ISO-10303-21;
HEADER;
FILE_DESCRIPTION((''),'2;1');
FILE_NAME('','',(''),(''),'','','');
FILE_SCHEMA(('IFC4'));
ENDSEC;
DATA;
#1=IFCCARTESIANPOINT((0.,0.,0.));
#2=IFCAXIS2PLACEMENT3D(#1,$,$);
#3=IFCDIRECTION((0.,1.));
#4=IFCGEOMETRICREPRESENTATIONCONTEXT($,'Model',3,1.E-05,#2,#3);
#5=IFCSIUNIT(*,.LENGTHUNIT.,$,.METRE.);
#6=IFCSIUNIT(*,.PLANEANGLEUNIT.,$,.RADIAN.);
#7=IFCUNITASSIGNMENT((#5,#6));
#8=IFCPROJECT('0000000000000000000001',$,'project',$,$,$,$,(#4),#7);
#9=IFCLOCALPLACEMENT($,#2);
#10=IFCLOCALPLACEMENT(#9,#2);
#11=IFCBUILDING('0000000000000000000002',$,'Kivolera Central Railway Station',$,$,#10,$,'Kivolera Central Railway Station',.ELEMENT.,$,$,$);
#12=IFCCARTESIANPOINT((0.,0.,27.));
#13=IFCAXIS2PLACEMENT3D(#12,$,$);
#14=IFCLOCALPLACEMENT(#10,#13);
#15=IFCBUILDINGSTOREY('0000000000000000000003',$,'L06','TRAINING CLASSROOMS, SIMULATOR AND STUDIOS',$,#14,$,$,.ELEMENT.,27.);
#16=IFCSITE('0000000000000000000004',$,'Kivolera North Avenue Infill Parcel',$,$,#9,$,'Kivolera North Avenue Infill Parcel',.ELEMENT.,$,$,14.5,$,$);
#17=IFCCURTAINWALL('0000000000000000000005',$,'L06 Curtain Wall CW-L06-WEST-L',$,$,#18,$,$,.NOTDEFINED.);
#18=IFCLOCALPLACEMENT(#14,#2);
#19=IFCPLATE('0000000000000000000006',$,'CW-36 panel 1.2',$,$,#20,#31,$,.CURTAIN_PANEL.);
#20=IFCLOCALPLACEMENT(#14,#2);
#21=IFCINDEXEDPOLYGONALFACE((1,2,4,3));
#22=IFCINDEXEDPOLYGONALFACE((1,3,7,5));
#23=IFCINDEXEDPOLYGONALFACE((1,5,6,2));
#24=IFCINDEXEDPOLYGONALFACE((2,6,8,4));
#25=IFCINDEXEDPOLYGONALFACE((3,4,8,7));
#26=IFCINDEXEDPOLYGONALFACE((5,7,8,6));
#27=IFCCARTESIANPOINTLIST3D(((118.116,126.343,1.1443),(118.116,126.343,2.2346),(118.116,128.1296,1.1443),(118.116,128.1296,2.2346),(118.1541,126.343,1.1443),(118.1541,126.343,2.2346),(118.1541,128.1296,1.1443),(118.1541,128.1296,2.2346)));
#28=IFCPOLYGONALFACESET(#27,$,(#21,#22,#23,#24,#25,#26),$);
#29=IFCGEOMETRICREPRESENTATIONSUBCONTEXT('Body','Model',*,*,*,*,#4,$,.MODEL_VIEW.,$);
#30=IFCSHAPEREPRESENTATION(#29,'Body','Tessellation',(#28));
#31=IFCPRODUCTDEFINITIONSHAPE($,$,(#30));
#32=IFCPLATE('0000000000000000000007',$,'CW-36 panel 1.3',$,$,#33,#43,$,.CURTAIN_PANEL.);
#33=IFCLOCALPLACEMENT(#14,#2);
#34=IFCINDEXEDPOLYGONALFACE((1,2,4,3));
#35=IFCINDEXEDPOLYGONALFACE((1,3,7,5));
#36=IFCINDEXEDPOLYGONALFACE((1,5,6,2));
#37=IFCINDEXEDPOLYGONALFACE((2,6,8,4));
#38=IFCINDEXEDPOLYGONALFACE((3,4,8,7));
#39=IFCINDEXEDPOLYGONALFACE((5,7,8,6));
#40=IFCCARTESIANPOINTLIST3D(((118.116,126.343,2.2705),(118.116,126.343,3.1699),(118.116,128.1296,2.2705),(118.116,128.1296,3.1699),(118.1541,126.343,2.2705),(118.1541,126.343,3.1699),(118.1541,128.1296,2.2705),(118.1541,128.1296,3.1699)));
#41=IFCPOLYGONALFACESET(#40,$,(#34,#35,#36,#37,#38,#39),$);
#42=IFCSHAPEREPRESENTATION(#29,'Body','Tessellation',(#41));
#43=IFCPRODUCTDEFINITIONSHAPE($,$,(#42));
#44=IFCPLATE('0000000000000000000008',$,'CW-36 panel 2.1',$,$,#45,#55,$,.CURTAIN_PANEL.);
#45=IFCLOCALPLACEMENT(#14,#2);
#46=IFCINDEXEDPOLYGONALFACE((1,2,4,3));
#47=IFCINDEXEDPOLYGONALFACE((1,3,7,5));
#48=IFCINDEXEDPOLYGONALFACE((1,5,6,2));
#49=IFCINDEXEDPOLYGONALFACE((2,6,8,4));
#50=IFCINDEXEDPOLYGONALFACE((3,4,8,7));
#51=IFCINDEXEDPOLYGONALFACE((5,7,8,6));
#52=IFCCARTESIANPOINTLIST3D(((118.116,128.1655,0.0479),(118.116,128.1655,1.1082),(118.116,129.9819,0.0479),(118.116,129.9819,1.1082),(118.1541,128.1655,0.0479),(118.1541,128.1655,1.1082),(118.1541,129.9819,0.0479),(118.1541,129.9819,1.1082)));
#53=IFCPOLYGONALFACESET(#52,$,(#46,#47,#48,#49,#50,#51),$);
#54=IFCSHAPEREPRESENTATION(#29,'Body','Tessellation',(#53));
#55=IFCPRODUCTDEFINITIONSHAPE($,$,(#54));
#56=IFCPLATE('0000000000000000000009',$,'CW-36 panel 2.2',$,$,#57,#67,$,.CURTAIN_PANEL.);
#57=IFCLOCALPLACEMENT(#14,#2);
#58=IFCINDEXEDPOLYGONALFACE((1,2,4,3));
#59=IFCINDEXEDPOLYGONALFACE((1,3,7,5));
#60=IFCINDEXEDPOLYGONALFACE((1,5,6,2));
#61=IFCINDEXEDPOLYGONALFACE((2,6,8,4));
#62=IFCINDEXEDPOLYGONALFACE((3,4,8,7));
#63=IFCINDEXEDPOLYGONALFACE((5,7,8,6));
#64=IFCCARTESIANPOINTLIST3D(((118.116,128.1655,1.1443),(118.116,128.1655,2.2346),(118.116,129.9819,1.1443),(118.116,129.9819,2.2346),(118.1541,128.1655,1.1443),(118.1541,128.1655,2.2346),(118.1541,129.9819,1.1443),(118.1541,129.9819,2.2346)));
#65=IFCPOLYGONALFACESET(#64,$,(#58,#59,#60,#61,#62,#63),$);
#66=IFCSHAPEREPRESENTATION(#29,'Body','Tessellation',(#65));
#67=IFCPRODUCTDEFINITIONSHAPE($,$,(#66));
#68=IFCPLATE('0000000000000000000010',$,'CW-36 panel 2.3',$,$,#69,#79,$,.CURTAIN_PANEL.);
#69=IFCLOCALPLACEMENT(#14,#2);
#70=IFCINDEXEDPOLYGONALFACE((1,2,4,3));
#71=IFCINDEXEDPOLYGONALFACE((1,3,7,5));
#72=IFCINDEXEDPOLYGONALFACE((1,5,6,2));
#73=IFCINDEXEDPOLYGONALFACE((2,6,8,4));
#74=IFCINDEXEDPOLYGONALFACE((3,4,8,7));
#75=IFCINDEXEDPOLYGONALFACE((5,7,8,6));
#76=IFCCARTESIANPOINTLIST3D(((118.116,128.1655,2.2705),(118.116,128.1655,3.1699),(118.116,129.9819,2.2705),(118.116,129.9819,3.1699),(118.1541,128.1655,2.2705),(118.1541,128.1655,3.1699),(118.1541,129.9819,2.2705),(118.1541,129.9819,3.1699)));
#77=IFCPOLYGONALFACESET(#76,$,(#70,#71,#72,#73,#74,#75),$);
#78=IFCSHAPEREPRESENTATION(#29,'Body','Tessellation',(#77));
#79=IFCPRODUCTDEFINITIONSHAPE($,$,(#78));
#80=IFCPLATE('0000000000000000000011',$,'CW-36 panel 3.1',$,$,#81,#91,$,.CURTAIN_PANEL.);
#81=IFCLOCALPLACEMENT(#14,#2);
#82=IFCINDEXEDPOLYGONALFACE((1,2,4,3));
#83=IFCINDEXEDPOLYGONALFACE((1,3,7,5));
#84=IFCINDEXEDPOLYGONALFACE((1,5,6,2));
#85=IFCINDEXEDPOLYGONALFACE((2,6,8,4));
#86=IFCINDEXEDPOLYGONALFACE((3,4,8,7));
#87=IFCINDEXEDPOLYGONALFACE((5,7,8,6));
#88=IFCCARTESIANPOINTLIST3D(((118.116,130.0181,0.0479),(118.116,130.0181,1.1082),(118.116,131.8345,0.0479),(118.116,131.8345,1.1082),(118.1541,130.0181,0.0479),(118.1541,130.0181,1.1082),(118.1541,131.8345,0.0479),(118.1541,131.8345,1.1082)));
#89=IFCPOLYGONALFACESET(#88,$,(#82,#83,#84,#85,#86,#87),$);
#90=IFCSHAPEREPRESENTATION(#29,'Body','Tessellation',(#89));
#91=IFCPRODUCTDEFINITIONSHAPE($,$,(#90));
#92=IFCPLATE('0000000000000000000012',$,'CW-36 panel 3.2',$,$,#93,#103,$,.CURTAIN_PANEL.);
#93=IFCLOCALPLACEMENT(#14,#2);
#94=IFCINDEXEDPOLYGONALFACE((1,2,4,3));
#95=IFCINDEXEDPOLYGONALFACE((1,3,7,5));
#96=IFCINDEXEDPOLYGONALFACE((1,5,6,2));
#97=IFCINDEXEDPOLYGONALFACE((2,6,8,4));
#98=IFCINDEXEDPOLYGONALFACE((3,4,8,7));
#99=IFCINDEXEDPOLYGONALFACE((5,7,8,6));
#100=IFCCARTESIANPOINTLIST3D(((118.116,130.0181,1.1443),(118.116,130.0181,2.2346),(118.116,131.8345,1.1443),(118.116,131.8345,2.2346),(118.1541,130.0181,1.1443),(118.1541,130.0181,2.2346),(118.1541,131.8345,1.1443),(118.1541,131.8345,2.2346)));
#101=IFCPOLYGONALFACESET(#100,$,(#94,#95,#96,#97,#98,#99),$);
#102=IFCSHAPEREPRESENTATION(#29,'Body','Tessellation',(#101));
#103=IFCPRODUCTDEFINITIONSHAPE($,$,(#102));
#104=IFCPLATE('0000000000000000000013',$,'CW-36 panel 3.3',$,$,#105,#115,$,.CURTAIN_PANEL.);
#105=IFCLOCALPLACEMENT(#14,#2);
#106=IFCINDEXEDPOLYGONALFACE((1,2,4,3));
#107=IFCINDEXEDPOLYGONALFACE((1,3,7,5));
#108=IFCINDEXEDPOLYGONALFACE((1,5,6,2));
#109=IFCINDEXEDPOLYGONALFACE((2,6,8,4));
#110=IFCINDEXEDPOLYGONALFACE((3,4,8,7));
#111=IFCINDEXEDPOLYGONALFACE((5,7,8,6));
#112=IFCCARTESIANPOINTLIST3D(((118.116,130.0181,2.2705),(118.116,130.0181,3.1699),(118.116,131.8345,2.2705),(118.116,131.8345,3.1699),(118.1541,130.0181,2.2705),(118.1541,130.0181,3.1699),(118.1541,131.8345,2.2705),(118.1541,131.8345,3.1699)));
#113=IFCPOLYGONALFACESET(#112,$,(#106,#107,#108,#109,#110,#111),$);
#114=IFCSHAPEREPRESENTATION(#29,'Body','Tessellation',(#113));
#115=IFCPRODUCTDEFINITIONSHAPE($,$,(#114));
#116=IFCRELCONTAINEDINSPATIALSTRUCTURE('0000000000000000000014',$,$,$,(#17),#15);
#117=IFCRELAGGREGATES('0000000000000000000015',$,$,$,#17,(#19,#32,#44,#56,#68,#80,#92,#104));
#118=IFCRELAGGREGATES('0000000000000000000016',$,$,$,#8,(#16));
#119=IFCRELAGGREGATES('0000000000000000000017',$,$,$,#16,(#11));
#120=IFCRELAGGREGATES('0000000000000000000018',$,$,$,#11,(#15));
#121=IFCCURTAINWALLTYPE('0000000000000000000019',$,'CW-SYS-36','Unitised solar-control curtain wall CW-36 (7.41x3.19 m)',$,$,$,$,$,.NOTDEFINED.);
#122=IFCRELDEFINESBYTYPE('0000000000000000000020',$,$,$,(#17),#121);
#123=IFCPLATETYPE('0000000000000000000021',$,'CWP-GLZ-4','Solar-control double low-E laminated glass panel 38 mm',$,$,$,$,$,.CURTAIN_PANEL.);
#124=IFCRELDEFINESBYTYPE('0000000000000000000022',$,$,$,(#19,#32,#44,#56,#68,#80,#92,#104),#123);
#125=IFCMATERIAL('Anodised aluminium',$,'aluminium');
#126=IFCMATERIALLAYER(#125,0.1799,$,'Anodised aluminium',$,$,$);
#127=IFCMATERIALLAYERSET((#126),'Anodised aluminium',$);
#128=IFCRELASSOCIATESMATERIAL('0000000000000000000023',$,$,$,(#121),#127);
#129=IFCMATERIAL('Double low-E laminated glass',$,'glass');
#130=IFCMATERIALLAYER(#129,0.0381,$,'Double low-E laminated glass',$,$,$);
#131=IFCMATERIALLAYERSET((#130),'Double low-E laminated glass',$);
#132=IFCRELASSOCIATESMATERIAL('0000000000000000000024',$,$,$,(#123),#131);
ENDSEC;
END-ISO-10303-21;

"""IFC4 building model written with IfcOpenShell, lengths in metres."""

from ifc_helpers import new_model, si_unit, direction, frame, origin, origin_2d, place, context, subcontext, project, spatial, rectangle, extrude, material, layer, layer_set, type_object, element, aggregate, save


model = new_model("IFC4")

# Units and contexts
model_context = context("Model", 3, precision=1e-05, world=origin(), true_north=direction((0.0, 1.0)))
body_context = subcontext(model_context, "Body", "Model", "MODEL_VIEW")
ifc_project = project(units=[si_unit("LENGTHUNIT", "METRE"), si_unit("PLANEANGLEUNIT", "RADIAN")], contexts=[model_context])

# Site, building, storey
site_placement = place(None, origin())
site = spatial("IfcSite", under=ifc_project, at=site_placement, Name="Kivolera North Avenue Infill Parcel", LongName="Kivolera North Avenue Infill Parcel", CompositionType="ELEMENT", RefElevation=14.5)
building_placement = place(site_placement, origin())
building = spatial("IfcBuilding", under=site, at=building_placement, Name="Kivolera Central Railway Station", LongName="Kivolera Central Railway Station", CompositionType="ELEMENT")
storey_placement = place(building_placement, frame((0.0, 0.0, 27.0)))
storey = spatial("IfcBuildingStorey", under=building, at=storey_placement, Name="L06", Description="TRAINING CLASSROOMS, SIMULATOR AND STUDIOS", CompositionType="ELEMENT", Elevation=27.0)

# Curtain wall, plates
ifc_material_1 = material(Name="Anodised aluminium", Category="aluminium")
ifc_layer_1 = layer(ifc_material_1, 0.1799, Name="Anodised aluminium")
ifc_layer_set_1 = layer_set([ifc_layer_1], Name="Anodised aluminium")
curtain_wall_type = type_object("IfcCurtainWallType", Name="CW-SYS-36", Description="Unitised solar-control curtain wall CW-36 (7.41x3.19 m)", PredefinedType="NOTDEFINED", material=ifc_layer_set_1)
curtain_wall_placement = place(storey_placement, origin())
curtain_wall = element("IfcCurtainWall", 1, at=curtain_wall_placement, inside=storey, type_object=curtain_wall_type, Name="L06 Curtain Wall CW-L06-WEST-L", PredefinedType="NOTDEFINED")
ifc_material_2 = material(Name="Double low-E laminated glass", Category="glass")
ifc_layer_2 = layer(ifc_material_2, 0.0381, Name="Double low-E laminated glass")
ifc_layer_set_2 = layer_set([ifc_layer_2], Name="Double low-E laminated glass")
plate_type = type_object("IfcPlateType", Name="CWP-GLZ-4", Description="Solar-control double low-E laminated glass panel 38 mm", PredefinedType="CURTAIN_PANEL", material=ifc_layer_set_2)
plate_1_placement = place(storey_placement, frame((118.135, 127.2363, 1.1443), z_axis=(0.0, 0.0, 1.0), x_axis=(0.0, 1.0, 0.0)))
plate_1 = element("IfcPlate", 2, at=plate_1_placement, type_object=plate_type, Name="CW-36 panel 1.2", PredefinedType="CURTAIN_PANEL", context=body_context, shape_type="SweptSolid", body=[
    extrude(rectangle(XDim=1.7866, YDim=0.0381, at=origin_2d()), origin(), (0.0, 0.0, 1.0), 1.0903),
])
plate_2_placement = place(storey_placement, frame((118.135, 127.2363, 2.2705), z_axis=(0.0, 0.0, 1.0), x_axis=(0.0, 1.0, 0.0)))
plate_2 = element("IfcPlate", 3, at=plate_2_placement, type_object=plate_type, Name="CW-36 panel 1.3", PredefinedType="CURTAIN_PANEL", context=body_context, shape_type="SweptSolid", body=[
    extrude(rectangle(XDim=1.7866, YDim=0.0381, at=origin_2d()), origin(), (0.0, 0.0, 1.0), 0.8994),
])
plate_3_placement = place(storey_placement, frame((118.135, 129.0737, 0.0479), z_axis=(0.0, 0.0, 1.0), x_axis=(0.0, 1.0, 0.0)))
plate_3 = element("IfcPlate", 4, at=plate_3_placement, type_object=plate_type, Name="CW-36 panel 2.1", PredefinedType="CURTAIN_PANEL", context=body_context, shape_type="SweptSolid", body=[
    extrude(rectangle(XDim=1.8164, YDim=0.0381, at=origin_2d()), origin(), (0.0, 0.0, 1.0), 1.0603),
])
plate_4_placement = place(storey_placement, frame((118.135, 129.0737, 1.1443), z_axis=(0.0, 0.0, 1.0), x_axis=(0.0, 1.0, 0.0)))
plate_4 = element("IfcPlate", 5, at=plate_4_placement, type_object=plate_type, Name="CW-36 panel 2.2", PredefinedType="CURTAIN_PANEL", context=body_context, shape_type="SweptSolid", body=[
    extrude(rectangle(XDim=1.8164, YDim=0.0381, at=origin_2d()), origin(), (0.0, 0.0, 1.0), 1.0903),
])
plate_5_placement = place(storey_placement, frame((118.135, 129.0737, 2.2705), z_axis=(0.0, 0.0, 1.0), x_axis=(0.0, 1.0, 0.0)))
plate_5 = element("IfcPlate", 6, at=plate_5_placement, type_object=plate_type, Name="CW-36 panel 2.3", PredefinedType="CURTAIN_PANEL", context=body_context, shape_type="SweptSolid", body=[
    extrude(rectangle(XDim=1.8164, YDim=0.0381, at=origin_2d()), origin(), (0.0, 0.0, 1.0), 0.8994),
])
plate_6_placement = place(storey_placement, frame((118.135, 130.9263, 0.0479), z_axis=(0.0, 0.0, 1.0), x_axis=(0.0, 1.0, 0.0)))
plate_6 = element("IfcPlate", 7, at=plate_6_placement, type_object=plate_type, Name="CW-36 panel 3.1", PredefinedType="CURTAIN_PANEL", context=body_context, shape_type="SweptSolid", body=[
    extrude(rectangle(XDim=1.8164, YDim=0.0381, at=origin_2d()), origin(), (0.0, 0.0, 1.0), 1.0603),
])
plate_7_placement = place(storey_placement, frame((118.135, 130.9263, 1.1443), z_axis=(0.0, 0.0, 1.0), x_axis=(0.0, 1.0, 0.0)))
plate_7 = element("IfcPlate", 8, at=plate_7_placement, type_object=plate_type, Name="CW-36 panel 3.2", PredefinedType="CURTAIN_PANEL", context=body_context, shape_type="SweptSolid", body=[
    extrude(rectangle(XDim=1.8164, YDim=0.0381, at=origin_2d()), origin(), (0.0, 0.0, 1.0), 1.0903),
])
plate_8_placement = place(storey_placement, frame((118.135, 130.9263, 2.2705), z_axis=(0.0, 0.0, 1.0), x_axis=(0.0, 1.0, 0.0)))
plate_8 = element("IfcPlate", 9, at=plate_8_placement, type_object=plate_type, Name="CW-36 panel 3.3", PredefinedType="CURTAIN_PANEL", context=body_context, shape_type="SweptSolid", body=[
    extrude(rectangle(XDim=1.8164, YDim=0.0381, at=origin_2d()), origin(), (0.0, 0.0, 1.0), 0.8994),
])
aggregate(curtain_wall, [plate_1, plate_2, plate_3, plate_4, plate_5, plate_6, plate_7, plate_8])

save(model, "model.ifc")
